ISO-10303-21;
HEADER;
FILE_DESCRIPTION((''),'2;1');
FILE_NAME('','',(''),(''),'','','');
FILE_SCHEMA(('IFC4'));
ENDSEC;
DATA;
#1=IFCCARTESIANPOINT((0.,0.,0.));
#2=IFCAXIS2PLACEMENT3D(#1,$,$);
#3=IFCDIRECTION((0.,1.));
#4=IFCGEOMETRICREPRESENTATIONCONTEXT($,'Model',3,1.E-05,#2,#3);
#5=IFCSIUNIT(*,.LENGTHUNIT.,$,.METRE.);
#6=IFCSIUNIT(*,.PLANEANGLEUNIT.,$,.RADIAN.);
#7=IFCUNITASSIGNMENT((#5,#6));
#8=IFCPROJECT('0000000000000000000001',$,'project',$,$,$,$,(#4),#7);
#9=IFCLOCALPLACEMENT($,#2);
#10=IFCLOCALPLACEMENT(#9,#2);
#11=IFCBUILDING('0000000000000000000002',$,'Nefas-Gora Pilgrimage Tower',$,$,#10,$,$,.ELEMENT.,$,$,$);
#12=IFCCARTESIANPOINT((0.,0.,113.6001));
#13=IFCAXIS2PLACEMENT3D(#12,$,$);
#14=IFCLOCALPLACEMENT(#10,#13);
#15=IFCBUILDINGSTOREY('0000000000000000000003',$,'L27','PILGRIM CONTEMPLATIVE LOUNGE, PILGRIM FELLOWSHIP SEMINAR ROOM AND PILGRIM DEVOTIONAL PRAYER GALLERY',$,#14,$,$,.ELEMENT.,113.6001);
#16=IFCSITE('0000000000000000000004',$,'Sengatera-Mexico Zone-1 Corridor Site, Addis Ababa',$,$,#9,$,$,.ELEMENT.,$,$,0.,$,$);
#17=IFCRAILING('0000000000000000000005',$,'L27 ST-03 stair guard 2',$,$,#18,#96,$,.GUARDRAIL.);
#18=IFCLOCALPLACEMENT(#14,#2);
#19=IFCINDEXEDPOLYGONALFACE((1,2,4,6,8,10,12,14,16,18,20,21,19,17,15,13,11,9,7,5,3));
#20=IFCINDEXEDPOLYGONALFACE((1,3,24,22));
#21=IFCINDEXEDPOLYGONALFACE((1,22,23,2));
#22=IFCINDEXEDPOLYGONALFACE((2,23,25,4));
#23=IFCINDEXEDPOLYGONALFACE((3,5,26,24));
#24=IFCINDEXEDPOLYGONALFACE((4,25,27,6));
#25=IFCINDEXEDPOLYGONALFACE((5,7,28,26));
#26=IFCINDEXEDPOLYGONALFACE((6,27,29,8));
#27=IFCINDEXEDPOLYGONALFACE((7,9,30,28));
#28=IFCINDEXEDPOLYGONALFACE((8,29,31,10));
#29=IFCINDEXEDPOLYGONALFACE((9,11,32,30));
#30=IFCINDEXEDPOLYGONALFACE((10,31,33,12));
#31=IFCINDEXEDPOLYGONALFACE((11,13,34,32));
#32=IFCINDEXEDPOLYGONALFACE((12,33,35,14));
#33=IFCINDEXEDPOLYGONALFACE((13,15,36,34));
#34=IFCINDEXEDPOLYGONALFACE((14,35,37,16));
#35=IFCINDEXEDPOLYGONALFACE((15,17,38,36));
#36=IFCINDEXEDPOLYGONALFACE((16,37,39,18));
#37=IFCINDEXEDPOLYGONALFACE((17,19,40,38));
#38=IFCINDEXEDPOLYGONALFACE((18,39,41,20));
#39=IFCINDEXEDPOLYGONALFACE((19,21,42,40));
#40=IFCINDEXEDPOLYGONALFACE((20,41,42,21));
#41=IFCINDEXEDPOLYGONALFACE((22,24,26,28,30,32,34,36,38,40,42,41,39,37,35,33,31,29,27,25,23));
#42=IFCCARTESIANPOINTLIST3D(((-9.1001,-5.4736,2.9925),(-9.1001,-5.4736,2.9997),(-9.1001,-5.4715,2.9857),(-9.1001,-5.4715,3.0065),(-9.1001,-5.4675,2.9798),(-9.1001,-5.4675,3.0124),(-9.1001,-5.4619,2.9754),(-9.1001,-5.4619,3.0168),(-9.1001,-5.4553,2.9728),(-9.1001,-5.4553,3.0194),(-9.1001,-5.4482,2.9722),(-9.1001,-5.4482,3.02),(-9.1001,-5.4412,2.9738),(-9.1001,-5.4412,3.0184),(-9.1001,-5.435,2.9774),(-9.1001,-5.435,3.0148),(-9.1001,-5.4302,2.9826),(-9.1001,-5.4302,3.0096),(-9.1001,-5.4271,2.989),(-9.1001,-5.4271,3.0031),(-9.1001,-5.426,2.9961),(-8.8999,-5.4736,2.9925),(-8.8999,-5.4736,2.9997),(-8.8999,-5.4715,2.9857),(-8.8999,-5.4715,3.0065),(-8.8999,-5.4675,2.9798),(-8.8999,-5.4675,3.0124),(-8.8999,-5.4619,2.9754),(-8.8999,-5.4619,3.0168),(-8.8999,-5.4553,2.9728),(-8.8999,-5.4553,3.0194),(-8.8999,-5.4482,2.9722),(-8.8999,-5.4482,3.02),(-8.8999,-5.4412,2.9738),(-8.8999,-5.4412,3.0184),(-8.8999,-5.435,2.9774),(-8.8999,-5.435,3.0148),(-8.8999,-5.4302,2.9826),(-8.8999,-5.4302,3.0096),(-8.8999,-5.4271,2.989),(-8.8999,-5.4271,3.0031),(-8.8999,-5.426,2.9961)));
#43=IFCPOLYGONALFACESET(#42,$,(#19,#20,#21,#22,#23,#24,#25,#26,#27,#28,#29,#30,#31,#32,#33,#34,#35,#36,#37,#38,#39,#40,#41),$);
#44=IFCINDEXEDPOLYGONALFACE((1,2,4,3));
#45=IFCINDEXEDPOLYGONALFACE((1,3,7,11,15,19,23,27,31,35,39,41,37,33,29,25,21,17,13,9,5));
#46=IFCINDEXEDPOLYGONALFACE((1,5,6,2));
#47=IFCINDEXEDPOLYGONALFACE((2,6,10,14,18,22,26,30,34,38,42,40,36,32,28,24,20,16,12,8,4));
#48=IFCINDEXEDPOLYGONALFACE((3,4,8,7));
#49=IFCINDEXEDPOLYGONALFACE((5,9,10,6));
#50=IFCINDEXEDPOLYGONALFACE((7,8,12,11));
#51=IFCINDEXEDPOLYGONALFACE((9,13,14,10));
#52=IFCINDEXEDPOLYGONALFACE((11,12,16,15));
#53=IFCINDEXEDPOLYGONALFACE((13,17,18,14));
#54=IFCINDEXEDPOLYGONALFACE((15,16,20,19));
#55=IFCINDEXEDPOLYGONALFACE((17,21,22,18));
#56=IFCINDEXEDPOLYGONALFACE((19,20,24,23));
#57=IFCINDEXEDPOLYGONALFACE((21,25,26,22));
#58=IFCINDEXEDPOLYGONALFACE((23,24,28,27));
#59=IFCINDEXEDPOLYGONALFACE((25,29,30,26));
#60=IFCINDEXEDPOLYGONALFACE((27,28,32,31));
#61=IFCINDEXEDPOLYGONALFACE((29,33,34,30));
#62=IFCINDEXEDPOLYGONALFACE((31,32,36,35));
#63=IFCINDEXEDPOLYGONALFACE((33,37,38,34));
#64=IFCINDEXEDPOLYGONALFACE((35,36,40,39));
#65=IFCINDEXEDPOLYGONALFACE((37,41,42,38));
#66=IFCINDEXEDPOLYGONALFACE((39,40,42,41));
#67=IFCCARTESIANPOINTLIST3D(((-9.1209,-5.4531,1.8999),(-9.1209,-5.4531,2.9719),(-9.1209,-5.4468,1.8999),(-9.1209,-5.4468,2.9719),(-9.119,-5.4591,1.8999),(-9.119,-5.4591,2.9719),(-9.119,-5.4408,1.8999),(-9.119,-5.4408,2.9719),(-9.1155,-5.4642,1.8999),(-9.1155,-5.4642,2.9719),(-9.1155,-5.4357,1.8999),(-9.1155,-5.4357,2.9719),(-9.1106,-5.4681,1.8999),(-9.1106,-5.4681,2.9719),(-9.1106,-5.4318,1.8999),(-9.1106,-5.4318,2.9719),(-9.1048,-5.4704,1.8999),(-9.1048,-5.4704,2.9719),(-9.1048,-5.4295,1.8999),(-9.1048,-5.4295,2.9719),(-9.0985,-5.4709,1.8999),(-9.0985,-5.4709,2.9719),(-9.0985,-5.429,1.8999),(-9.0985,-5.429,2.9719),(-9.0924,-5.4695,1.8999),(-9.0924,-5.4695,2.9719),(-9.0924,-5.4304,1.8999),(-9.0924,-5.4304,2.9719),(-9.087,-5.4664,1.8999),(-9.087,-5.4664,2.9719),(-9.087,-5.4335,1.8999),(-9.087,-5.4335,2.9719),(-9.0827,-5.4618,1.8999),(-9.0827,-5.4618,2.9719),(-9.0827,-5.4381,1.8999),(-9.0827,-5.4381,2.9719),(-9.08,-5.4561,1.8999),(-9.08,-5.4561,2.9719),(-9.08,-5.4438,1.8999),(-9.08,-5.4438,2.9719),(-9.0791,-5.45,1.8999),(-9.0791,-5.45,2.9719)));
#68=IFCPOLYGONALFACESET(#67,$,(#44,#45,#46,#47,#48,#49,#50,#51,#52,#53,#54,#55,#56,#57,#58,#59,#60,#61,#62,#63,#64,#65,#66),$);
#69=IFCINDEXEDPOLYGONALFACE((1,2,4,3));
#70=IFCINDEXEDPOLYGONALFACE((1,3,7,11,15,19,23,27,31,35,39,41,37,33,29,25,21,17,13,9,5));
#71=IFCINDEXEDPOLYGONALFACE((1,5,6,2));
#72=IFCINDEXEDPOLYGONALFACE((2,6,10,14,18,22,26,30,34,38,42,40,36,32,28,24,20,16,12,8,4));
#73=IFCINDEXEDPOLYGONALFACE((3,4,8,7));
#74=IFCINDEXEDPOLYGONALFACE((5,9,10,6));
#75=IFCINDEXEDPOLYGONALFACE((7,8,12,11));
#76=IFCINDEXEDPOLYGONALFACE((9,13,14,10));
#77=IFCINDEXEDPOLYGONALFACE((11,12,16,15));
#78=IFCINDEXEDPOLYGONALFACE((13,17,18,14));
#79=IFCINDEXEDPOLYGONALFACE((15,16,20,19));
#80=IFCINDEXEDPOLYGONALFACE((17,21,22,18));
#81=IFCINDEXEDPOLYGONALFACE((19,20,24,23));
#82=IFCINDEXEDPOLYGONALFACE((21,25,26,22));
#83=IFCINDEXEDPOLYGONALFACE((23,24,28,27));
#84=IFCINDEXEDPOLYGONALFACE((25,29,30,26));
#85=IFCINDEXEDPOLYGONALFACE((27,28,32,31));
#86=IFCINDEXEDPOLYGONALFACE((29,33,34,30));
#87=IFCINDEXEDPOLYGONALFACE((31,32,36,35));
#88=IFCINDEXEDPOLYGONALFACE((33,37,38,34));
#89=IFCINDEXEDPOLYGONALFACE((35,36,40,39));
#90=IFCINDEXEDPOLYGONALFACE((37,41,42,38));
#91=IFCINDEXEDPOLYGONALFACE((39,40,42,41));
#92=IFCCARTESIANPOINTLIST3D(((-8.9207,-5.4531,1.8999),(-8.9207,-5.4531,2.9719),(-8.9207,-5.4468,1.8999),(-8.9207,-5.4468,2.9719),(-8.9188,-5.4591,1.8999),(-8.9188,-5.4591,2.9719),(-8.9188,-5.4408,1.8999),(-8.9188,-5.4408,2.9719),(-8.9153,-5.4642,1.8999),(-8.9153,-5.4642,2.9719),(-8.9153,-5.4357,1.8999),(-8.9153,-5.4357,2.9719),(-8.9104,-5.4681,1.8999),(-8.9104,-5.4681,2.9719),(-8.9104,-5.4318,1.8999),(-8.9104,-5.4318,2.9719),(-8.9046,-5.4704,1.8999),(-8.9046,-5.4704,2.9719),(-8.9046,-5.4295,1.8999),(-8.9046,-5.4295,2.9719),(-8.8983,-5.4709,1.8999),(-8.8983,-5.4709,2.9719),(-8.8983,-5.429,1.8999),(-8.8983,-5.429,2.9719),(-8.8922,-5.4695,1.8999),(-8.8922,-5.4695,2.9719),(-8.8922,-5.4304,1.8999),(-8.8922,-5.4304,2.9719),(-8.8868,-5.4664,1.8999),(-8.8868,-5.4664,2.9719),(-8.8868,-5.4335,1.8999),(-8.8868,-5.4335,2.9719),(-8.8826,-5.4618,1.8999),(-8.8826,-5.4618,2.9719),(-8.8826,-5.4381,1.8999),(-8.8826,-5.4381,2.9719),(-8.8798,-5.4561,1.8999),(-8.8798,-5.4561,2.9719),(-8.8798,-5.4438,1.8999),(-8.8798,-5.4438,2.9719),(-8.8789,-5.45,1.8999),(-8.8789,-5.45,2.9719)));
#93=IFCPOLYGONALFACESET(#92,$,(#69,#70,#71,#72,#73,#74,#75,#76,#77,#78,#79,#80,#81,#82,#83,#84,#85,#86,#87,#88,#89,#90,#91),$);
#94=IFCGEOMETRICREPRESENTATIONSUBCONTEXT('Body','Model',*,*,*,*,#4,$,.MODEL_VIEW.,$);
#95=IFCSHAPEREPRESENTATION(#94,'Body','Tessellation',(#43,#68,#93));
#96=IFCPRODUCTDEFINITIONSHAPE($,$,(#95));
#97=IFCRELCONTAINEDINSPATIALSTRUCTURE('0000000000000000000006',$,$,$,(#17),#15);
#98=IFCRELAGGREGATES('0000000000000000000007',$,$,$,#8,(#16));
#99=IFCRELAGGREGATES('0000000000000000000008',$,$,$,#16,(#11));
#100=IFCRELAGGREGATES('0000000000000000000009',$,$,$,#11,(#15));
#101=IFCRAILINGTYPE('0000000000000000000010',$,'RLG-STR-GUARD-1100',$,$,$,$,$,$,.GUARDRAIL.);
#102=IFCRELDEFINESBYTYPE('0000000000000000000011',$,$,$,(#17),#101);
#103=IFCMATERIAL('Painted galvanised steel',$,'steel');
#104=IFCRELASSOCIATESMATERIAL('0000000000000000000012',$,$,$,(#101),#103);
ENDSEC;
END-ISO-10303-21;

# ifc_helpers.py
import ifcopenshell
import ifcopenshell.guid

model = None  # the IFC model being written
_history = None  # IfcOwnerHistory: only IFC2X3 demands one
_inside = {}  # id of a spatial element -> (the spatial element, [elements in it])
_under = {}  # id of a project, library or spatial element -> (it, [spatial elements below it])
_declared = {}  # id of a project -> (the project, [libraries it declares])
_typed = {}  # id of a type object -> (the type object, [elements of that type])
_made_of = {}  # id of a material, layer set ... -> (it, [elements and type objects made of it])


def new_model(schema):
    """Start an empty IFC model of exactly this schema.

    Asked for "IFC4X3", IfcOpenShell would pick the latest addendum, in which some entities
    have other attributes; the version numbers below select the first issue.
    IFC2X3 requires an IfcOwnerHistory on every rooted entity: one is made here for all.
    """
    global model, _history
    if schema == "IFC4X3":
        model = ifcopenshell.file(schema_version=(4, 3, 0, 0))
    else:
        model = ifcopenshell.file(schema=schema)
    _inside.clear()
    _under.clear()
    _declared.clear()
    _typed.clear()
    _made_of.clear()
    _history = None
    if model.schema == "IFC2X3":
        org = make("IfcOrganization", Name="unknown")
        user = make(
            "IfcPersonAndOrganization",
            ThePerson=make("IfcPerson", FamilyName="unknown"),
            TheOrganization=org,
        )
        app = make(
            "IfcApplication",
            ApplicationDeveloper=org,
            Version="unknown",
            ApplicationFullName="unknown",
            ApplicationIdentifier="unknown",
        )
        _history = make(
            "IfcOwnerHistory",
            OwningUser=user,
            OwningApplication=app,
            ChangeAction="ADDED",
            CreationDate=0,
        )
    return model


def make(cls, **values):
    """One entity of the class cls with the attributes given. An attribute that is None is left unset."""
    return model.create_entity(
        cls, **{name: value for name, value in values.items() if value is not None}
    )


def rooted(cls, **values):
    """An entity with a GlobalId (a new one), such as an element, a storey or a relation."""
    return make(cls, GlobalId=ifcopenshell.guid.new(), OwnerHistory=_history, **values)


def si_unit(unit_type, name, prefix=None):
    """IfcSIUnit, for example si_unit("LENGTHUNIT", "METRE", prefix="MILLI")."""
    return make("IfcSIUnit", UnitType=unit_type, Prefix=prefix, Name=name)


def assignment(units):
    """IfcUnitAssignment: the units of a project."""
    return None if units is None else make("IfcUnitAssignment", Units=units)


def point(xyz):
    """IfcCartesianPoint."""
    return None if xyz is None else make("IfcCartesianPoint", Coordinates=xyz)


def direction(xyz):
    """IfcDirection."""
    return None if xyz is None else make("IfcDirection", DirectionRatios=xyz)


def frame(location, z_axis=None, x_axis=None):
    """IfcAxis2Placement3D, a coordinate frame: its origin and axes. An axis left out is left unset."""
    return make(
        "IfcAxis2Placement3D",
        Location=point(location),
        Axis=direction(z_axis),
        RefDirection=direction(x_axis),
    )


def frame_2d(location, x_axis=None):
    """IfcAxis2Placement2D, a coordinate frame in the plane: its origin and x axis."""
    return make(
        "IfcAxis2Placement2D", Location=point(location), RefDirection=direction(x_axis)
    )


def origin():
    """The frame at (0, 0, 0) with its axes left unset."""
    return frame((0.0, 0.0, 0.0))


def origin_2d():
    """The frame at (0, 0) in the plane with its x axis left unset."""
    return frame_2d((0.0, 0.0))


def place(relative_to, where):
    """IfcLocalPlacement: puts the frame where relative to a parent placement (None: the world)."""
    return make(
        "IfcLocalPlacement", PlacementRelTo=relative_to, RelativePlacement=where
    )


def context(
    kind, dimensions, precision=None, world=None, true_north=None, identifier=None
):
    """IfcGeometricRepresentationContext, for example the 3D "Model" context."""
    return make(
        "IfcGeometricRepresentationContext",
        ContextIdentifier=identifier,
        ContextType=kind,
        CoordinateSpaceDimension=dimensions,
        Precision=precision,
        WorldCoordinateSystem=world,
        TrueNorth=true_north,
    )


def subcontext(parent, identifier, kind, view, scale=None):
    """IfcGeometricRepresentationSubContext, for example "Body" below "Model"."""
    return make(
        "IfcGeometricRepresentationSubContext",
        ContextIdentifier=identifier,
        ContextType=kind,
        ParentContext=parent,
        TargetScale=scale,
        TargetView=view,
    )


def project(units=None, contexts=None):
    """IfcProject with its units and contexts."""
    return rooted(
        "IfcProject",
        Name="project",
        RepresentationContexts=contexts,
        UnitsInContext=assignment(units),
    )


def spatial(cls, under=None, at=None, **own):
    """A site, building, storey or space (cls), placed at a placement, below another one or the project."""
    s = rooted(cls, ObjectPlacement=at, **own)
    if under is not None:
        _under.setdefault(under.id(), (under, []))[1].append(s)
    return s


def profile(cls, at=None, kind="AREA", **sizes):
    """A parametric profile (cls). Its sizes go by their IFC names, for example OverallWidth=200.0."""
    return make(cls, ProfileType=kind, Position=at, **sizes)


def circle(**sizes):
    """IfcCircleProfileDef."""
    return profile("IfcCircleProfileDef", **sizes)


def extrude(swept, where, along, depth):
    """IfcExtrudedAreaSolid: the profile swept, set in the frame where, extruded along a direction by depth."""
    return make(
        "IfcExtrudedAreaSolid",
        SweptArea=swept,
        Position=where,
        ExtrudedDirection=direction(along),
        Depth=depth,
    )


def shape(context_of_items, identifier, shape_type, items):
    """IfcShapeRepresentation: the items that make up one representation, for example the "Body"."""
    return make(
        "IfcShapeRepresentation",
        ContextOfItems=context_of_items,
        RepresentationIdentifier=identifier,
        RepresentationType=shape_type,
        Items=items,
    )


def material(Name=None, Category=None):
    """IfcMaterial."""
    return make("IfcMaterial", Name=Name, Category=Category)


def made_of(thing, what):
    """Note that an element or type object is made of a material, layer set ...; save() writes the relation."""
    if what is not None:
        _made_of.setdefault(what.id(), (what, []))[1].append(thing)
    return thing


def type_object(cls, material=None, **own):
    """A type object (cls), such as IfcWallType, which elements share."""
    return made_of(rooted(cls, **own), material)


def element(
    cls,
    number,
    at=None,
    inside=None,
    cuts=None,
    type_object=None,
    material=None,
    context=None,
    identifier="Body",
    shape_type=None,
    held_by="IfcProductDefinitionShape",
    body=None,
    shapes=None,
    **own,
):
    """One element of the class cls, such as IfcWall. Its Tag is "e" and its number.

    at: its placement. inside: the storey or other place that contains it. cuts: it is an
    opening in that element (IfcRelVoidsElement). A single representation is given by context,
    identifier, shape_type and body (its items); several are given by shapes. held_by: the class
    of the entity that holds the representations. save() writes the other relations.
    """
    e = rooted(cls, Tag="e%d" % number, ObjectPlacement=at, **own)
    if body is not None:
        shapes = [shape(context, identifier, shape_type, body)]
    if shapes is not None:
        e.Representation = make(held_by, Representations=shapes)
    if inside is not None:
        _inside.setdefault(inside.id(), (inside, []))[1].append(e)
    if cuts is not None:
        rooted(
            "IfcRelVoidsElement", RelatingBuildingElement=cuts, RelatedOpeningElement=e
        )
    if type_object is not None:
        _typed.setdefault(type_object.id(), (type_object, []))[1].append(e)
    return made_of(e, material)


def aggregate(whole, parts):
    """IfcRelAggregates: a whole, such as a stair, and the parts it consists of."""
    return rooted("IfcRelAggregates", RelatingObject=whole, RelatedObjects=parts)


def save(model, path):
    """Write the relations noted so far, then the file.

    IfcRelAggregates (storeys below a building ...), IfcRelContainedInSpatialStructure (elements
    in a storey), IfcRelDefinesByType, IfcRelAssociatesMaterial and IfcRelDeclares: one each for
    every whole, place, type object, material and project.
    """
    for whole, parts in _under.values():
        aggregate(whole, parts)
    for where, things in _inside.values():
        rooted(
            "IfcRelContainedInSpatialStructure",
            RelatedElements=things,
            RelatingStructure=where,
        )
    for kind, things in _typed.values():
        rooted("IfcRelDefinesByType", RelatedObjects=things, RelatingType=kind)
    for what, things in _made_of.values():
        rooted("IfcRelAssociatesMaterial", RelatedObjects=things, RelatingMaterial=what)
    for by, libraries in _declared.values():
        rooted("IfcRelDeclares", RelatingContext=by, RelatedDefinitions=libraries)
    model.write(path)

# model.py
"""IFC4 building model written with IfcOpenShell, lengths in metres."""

from ifc_helpers import new_model, si_unit, direction, frame, origin, origin_2d, place, context, subcontext, project, spatial, circle, extrude, material, type_object, element, save


model = new_model("IFC4")

# Units and contexts
model_context = context("Model", 3, precision=1e-05, world=origin(), true_north=direction((0.0, 1.0)))
body_context = subcontext(model_context, "Body", "Model", "MODEL_VIEW")
ifc_project = project(units=[si_unit("LENGTHUNIT", "METRE"), si_unit("PLANEANGLEUNIT", "RADIAN")], contexts=[model_context])

# Site, building, storey
site_placement = place(None, origin())
site = spatial("IfcSite", under=ifc_project, at=site_placement, Name="Sengatera-Mexico Zone-1 Corridor Site, Addis Ababa", CompositionType="ELEMENT", RefElevation=0.0)
building_placement = place(site_placement, origin())
building = spatial("IfcBuilding", under=site, at=building_placement, Name="Nefas-Gora Pilgrimage Tower", CompositionType="ELEMENT")
storey_placement = place(building_placement, frame((0.0, 0.0, 113.6001)))
storey = spatial("IfcBuildingStorey", under=building, at=storey_placement, Name="L27", Description="PILGRIM CONTEMPLATIVE LOUNGE, PILGRIM FELLOWSHIP SEMINAR ROOM AND PILGRIM DEVOTIONAL PRAYER GALLERY", CompositionType="ELEMENT", Elevation=113.6001)

# Railing
ifc_material_1 = material(Name="Painted galvanised steel", Category="steel")
railing_type_1 = type_object("IfcRailingType", Name="RLG-STR-GUARD-1100", PredefinedType="GUARDRAIL", material=ifc_material_1)
railing_1_placement = place(storey_placement, frame((-9.1001, -5.45, 1.8999)))
element("IfcRailing", 1, at=railing_1_placement, inside=storey, type_object=railing_type_1, Name="L27 ST-03 stair guard 2", PredefinedType="GUARDRAIL", context=body_context, shape_type="SweptSolid", body=[
    extrude(circle(Radius=0.0239, at=origin_2d()), frame((0.0, 0.0, 1.0962), z_axis=(1.0, 0.0, 0.0), x_axis=(0.0, 1.0, 0.0)), (0.0, 0.0, 1.0), 0.2002),
    extrude(circle(Radius=0.021, at=origin_2d()), origin(), (0.0, 0.0, 1.0), 1.072),
    extrude(circle(Radius=0.021, at=origin_2d()), frame((0.2002, 0.0, 0.0)), (0.0, 0.0, 1.0), 1.072),
])

save(model, "model.ifc")
